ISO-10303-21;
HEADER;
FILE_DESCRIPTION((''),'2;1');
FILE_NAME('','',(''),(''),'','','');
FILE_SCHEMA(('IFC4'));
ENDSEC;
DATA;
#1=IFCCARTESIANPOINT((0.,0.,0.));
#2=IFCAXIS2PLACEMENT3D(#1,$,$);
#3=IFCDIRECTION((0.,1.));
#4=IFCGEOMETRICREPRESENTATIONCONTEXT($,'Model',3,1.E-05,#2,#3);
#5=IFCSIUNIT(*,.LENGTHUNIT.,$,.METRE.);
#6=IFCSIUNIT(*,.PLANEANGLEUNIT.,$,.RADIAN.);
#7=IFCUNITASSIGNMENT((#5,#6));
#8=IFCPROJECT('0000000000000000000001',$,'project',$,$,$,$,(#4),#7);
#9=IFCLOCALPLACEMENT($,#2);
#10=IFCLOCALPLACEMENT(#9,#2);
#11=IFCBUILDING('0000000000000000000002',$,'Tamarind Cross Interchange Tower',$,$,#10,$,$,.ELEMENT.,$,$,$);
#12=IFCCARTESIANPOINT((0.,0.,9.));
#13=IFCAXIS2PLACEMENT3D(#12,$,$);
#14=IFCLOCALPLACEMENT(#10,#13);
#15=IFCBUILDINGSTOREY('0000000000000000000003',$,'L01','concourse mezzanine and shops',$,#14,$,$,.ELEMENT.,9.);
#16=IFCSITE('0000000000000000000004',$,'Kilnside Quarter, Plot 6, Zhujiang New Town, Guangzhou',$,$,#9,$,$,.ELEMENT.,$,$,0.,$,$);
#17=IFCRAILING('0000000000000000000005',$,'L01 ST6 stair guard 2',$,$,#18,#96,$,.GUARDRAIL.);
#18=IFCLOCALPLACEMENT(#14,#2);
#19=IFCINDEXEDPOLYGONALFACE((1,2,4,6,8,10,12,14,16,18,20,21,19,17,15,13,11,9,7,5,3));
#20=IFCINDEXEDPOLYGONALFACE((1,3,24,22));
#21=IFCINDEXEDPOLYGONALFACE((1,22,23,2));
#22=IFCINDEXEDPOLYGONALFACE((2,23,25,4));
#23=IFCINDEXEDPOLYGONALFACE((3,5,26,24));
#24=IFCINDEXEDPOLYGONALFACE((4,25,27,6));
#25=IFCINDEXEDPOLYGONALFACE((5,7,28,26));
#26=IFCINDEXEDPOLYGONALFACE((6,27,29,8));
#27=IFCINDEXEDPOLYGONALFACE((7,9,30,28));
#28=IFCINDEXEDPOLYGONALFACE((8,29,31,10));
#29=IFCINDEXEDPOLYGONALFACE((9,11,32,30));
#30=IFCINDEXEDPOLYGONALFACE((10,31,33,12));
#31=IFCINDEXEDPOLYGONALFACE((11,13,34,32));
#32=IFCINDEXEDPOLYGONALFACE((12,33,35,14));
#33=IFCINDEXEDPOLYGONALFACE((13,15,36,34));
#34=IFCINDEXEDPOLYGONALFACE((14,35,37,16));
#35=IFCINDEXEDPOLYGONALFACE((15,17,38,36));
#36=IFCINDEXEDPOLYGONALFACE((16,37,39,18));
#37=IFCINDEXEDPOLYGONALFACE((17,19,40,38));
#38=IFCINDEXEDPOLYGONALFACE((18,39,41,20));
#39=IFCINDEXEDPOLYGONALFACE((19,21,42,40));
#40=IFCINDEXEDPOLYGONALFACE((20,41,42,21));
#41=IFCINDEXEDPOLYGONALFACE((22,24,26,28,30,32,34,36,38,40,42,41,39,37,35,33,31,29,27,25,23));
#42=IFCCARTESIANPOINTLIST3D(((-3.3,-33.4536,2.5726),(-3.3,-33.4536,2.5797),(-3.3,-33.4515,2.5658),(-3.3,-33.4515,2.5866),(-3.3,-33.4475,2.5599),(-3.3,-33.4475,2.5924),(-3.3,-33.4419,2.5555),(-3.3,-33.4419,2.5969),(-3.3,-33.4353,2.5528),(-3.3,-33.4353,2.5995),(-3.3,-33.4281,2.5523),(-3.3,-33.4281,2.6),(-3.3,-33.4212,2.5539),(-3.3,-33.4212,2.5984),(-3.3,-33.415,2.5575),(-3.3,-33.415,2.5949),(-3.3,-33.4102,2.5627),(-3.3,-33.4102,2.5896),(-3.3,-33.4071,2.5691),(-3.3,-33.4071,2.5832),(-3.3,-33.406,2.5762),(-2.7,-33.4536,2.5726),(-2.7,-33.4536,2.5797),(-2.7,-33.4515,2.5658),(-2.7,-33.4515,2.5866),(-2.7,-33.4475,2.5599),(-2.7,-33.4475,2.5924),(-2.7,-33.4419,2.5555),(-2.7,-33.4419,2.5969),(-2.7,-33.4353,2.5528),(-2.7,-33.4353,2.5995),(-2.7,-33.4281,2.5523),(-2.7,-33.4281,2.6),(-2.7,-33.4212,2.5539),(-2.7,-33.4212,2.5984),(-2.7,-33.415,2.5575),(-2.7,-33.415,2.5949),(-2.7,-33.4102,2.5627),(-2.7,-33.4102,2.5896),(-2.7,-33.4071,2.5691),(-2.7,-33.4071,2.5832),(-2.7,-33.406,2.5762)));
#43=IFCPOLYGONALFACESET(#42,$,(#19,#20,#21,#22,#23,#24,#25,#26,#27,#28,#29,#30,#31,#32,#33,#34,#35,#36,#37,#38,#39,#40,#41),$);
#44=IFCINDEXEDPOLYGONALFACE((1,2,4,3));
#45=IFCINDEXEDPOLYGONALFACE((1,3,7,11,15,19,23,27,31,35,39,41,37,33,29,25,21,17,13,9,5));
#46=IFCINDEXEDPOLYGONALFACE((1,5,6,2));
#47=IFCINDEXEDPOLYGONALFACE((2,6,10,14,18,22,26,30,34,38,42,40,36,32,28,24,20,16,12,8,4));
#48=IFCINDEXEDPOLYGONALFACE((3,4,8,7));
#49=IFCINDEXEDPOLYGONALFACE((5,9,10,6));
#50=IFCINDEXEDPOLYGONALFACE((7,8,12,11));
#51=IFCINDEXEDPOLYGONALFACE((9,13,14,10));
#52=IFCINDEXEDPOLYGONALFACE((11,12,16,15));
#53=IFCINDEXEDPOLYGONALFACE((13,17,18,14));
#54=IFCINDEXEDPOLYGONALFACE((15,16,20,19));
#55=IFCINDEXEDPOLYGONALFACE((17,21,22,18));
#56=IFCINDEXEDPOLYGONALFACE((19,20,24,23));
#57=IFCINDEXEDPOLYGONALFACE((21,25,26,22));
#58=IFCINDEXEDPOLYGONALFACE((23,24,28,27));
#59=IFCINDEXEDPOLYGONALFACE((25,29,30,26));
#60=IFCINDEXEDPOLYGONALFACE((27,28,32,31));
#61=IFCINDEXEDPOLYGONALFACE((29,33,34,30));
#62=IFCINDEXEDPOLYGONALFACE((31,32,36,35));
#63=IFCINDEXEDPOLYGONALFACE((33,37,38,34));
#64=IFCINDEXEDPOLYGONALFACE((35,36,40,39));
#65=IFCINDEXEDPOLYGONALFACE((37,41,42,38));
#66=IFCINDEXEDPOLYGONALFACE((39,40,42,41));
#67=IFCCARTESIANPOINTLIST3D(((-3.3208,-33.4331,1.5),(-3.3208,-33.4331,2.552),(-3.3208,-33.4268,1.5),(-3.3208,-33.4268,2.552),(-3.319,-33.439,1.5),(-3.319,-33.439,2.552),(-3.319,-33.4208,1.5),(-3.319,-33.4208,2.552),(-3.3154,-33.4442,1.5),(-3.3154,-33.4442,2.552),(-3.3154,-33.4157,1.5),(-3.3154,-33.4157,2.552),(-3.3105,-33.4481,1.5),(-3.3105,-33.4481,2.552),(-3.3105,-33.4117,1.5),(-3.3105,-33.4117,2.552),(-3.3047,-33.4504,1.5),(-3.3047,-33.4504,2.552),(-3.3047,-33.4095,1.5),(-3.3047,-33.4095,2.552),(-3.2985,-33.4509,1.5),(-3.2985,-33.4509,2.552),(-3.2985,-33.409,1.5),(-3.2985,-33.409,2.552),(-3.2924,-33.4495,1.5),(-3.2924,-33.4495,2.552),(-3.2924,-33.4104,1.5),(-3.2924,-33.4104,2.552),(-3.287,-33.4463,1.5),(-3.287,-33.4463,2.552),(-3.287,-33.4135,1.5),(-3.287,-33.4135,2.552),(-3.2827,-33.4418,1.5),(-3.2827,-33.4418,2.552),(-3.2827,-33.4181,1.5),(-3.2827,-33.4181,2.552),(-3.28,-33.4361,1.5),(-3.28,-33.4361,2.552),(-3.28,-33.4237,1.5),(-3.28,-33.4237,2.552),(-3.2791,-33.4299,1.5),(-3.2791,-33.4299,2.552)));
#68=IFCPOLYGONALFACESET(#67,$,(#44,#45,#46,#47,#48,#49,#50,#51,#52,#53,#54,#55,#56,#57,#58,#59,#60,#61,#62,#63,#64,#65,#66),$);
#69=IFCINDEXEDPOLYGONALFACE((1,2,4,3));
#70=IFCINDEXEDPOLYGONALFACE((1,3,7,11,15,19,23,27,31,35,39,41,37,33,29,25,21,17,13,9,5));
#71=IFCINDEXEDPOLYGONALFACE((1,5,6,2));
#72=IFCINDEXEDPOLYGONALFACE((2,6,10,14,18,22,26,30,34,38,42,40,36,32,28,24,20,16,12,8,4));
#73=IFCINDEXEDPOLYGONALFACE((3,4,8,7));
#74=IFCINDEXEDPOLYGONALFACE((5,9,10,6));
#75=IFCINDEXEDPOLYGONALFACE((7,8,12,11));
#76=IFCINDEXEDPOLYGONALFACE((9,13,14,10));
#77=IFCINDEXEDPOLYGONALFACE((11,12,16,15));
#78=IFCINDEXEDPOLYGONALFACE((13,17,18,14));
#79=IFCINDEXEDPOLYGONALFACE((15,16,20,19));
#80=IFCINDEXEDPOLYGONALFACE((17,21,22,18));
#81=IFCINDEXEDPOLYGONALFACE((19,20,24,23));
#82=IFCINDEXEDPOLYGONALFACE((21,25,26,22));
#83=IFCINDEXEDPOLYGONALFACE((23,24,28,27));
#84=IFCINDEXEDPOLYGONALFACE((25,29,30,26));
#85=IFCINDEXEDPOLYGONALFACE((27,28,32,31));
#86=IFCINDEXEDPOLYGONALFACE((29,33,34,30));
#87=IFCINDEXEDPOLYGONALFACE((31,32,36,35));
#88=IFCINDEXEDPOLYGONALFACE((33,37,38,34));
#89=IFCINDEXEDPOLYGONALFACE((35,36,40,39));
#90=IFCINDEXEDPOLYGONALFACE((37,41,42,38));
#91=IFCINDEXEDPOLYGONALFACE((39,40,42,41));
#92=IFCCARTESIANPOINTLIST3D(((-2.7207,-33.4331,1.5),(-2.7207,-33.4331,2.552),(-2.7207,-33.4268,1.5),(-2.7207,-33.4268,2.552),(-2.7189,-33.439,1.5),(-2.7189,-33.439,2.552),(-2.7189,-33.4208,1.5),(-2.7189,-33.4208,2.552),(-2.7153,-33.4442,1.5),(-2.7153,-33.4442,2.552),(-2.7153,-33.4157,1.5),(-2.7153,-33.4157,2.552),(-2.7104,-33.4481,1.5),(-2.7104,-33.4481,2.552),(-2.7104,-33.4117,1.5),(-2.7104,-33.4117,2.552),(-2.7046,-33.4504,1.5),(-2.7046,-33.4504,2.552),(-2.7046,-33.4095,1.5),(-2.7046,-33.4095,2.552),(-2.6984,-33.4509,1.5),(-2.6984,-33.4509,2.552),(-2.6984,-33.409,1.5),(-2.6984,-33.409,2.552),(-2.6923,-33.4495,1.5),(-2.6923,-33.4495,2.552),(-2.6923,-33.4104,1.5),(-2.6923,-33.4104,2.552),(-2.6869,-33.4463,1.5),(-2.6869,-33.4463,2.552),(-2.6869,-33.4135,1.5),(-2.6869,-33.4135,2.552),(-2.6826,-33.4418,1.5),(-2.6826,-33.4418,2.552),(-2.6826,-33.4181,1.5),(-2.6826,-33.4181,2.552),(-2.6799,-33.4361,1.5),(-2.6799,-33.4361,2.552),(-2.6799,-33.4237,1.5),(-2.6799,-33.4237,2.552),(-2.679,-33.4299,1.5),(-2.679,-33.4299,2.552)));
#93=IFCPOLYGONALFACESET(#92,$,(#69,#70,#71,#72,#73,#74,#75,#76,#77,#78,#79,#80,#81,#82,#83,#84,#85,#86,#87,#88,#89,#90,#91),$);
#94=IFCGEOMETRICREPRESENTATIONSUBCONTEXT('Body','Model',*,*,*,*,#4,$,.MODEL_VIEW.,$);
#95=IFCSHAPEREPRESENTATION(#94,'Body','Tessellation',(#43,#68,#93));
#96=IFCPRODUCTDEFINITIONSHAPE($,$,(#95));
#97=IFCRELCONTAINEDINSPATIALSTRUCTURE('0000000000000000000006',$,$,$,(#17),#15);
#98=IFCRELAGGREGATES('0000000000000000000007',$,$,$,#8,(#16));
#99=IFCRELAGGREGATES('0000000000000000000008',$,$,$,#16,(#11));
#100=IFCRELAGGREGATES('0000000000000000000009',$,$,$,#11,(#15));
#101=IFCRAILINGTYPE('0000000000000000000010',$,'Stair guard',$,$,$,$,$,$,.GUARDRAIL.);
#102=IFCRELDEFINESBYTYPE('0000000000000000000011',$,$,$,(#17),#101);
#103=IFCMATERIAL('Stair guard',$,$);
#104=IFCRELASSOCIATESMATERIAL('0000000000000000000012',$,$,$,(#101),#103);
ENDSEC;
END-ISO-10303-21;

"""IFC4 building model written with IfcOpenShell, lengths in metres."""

from ifc_helpers import new_model, si_unit, direction, frame, origin, origin_2d, place, context, subcontext, project, spatial, circle, extrude, material, type_object, element, save


model = new_model("IFC4")

# Units and contexts
model_context = context("Model", 3, precision=1e-05, world=origin(), true_north=direction((0.0, 1.0)))
body_context = subcontext(model_context, "Body", "Model", "MODEL_VIEW")
ifc_project = project(units=[si_unit("LENGTHUNIT", "METRE"), si_unit("PLANEANGLEUNIT", "RADIAN")], contexts=[model_context])

# Site, building, storey
site_placement = place(None, origin())
site = spatial("IfcSite", under=ifc_project, at=site_placement, Name="Kilnside Quarter, Plot 6, Zhujiang New Town, Guangzhou", CompositionType="ELEMENT", RefElevation=0.0)
building_placement = place(site_placement, origin())
building = spatial("IfcBuilding", under=site, at=building_placement, Name="Tamarind Cross Interchange Tower", CompositionType="ELEMENT")
storey_placement = place(building_placement, frame((0.0, 0.0, 9.0)))
storey = spatial("IfcBuildingStorey", under=building, at=storey_placement, Name="L01", Description="concourse mezzanine and shops", CompositionType="ELEMENT", Elevation=9.0)

# Railing
ifc_material_1 = material(Name="Stair guard")
railing_type_1 = type_object("IfcRailingType", Name="Stair guard", PredefinedType="GUARDRAIL", material=ifc_material_1)
railing_1_placement = place(storey_placement, frame((-3.3, -33.4299, 1.5)))
element("IfcRailing", 1, at=railing_1_placement, inside=storey, type_object=railing_type_1, Name="L01 ST6 stair guard 2", PredefinedType="GUARDRAIL", context=body_context, shape_type="SweptSolid", body=[
    extrude(circle(Radius=0.0239, at=origin_2d()), frame((0.0, 0.0, 1.0762), z_axis=(1.0, 0.0, 0.0), x_axis=(0.0, 1.0, 0.0)), (0.0, 0.0, 1.0), 0.6001),
    extrude(circle(Radius=0.021, at=origin_2d()), origin(), (0.0, 0.0, 1.0), 1.052),
    extrude(circle(Radius=0.021, at=origin_2d()), frame((0.6001, 0.0, 0.0)), (0.0, 0.0, 1.0), 1.052),
])

save(model, "model.ifc")
